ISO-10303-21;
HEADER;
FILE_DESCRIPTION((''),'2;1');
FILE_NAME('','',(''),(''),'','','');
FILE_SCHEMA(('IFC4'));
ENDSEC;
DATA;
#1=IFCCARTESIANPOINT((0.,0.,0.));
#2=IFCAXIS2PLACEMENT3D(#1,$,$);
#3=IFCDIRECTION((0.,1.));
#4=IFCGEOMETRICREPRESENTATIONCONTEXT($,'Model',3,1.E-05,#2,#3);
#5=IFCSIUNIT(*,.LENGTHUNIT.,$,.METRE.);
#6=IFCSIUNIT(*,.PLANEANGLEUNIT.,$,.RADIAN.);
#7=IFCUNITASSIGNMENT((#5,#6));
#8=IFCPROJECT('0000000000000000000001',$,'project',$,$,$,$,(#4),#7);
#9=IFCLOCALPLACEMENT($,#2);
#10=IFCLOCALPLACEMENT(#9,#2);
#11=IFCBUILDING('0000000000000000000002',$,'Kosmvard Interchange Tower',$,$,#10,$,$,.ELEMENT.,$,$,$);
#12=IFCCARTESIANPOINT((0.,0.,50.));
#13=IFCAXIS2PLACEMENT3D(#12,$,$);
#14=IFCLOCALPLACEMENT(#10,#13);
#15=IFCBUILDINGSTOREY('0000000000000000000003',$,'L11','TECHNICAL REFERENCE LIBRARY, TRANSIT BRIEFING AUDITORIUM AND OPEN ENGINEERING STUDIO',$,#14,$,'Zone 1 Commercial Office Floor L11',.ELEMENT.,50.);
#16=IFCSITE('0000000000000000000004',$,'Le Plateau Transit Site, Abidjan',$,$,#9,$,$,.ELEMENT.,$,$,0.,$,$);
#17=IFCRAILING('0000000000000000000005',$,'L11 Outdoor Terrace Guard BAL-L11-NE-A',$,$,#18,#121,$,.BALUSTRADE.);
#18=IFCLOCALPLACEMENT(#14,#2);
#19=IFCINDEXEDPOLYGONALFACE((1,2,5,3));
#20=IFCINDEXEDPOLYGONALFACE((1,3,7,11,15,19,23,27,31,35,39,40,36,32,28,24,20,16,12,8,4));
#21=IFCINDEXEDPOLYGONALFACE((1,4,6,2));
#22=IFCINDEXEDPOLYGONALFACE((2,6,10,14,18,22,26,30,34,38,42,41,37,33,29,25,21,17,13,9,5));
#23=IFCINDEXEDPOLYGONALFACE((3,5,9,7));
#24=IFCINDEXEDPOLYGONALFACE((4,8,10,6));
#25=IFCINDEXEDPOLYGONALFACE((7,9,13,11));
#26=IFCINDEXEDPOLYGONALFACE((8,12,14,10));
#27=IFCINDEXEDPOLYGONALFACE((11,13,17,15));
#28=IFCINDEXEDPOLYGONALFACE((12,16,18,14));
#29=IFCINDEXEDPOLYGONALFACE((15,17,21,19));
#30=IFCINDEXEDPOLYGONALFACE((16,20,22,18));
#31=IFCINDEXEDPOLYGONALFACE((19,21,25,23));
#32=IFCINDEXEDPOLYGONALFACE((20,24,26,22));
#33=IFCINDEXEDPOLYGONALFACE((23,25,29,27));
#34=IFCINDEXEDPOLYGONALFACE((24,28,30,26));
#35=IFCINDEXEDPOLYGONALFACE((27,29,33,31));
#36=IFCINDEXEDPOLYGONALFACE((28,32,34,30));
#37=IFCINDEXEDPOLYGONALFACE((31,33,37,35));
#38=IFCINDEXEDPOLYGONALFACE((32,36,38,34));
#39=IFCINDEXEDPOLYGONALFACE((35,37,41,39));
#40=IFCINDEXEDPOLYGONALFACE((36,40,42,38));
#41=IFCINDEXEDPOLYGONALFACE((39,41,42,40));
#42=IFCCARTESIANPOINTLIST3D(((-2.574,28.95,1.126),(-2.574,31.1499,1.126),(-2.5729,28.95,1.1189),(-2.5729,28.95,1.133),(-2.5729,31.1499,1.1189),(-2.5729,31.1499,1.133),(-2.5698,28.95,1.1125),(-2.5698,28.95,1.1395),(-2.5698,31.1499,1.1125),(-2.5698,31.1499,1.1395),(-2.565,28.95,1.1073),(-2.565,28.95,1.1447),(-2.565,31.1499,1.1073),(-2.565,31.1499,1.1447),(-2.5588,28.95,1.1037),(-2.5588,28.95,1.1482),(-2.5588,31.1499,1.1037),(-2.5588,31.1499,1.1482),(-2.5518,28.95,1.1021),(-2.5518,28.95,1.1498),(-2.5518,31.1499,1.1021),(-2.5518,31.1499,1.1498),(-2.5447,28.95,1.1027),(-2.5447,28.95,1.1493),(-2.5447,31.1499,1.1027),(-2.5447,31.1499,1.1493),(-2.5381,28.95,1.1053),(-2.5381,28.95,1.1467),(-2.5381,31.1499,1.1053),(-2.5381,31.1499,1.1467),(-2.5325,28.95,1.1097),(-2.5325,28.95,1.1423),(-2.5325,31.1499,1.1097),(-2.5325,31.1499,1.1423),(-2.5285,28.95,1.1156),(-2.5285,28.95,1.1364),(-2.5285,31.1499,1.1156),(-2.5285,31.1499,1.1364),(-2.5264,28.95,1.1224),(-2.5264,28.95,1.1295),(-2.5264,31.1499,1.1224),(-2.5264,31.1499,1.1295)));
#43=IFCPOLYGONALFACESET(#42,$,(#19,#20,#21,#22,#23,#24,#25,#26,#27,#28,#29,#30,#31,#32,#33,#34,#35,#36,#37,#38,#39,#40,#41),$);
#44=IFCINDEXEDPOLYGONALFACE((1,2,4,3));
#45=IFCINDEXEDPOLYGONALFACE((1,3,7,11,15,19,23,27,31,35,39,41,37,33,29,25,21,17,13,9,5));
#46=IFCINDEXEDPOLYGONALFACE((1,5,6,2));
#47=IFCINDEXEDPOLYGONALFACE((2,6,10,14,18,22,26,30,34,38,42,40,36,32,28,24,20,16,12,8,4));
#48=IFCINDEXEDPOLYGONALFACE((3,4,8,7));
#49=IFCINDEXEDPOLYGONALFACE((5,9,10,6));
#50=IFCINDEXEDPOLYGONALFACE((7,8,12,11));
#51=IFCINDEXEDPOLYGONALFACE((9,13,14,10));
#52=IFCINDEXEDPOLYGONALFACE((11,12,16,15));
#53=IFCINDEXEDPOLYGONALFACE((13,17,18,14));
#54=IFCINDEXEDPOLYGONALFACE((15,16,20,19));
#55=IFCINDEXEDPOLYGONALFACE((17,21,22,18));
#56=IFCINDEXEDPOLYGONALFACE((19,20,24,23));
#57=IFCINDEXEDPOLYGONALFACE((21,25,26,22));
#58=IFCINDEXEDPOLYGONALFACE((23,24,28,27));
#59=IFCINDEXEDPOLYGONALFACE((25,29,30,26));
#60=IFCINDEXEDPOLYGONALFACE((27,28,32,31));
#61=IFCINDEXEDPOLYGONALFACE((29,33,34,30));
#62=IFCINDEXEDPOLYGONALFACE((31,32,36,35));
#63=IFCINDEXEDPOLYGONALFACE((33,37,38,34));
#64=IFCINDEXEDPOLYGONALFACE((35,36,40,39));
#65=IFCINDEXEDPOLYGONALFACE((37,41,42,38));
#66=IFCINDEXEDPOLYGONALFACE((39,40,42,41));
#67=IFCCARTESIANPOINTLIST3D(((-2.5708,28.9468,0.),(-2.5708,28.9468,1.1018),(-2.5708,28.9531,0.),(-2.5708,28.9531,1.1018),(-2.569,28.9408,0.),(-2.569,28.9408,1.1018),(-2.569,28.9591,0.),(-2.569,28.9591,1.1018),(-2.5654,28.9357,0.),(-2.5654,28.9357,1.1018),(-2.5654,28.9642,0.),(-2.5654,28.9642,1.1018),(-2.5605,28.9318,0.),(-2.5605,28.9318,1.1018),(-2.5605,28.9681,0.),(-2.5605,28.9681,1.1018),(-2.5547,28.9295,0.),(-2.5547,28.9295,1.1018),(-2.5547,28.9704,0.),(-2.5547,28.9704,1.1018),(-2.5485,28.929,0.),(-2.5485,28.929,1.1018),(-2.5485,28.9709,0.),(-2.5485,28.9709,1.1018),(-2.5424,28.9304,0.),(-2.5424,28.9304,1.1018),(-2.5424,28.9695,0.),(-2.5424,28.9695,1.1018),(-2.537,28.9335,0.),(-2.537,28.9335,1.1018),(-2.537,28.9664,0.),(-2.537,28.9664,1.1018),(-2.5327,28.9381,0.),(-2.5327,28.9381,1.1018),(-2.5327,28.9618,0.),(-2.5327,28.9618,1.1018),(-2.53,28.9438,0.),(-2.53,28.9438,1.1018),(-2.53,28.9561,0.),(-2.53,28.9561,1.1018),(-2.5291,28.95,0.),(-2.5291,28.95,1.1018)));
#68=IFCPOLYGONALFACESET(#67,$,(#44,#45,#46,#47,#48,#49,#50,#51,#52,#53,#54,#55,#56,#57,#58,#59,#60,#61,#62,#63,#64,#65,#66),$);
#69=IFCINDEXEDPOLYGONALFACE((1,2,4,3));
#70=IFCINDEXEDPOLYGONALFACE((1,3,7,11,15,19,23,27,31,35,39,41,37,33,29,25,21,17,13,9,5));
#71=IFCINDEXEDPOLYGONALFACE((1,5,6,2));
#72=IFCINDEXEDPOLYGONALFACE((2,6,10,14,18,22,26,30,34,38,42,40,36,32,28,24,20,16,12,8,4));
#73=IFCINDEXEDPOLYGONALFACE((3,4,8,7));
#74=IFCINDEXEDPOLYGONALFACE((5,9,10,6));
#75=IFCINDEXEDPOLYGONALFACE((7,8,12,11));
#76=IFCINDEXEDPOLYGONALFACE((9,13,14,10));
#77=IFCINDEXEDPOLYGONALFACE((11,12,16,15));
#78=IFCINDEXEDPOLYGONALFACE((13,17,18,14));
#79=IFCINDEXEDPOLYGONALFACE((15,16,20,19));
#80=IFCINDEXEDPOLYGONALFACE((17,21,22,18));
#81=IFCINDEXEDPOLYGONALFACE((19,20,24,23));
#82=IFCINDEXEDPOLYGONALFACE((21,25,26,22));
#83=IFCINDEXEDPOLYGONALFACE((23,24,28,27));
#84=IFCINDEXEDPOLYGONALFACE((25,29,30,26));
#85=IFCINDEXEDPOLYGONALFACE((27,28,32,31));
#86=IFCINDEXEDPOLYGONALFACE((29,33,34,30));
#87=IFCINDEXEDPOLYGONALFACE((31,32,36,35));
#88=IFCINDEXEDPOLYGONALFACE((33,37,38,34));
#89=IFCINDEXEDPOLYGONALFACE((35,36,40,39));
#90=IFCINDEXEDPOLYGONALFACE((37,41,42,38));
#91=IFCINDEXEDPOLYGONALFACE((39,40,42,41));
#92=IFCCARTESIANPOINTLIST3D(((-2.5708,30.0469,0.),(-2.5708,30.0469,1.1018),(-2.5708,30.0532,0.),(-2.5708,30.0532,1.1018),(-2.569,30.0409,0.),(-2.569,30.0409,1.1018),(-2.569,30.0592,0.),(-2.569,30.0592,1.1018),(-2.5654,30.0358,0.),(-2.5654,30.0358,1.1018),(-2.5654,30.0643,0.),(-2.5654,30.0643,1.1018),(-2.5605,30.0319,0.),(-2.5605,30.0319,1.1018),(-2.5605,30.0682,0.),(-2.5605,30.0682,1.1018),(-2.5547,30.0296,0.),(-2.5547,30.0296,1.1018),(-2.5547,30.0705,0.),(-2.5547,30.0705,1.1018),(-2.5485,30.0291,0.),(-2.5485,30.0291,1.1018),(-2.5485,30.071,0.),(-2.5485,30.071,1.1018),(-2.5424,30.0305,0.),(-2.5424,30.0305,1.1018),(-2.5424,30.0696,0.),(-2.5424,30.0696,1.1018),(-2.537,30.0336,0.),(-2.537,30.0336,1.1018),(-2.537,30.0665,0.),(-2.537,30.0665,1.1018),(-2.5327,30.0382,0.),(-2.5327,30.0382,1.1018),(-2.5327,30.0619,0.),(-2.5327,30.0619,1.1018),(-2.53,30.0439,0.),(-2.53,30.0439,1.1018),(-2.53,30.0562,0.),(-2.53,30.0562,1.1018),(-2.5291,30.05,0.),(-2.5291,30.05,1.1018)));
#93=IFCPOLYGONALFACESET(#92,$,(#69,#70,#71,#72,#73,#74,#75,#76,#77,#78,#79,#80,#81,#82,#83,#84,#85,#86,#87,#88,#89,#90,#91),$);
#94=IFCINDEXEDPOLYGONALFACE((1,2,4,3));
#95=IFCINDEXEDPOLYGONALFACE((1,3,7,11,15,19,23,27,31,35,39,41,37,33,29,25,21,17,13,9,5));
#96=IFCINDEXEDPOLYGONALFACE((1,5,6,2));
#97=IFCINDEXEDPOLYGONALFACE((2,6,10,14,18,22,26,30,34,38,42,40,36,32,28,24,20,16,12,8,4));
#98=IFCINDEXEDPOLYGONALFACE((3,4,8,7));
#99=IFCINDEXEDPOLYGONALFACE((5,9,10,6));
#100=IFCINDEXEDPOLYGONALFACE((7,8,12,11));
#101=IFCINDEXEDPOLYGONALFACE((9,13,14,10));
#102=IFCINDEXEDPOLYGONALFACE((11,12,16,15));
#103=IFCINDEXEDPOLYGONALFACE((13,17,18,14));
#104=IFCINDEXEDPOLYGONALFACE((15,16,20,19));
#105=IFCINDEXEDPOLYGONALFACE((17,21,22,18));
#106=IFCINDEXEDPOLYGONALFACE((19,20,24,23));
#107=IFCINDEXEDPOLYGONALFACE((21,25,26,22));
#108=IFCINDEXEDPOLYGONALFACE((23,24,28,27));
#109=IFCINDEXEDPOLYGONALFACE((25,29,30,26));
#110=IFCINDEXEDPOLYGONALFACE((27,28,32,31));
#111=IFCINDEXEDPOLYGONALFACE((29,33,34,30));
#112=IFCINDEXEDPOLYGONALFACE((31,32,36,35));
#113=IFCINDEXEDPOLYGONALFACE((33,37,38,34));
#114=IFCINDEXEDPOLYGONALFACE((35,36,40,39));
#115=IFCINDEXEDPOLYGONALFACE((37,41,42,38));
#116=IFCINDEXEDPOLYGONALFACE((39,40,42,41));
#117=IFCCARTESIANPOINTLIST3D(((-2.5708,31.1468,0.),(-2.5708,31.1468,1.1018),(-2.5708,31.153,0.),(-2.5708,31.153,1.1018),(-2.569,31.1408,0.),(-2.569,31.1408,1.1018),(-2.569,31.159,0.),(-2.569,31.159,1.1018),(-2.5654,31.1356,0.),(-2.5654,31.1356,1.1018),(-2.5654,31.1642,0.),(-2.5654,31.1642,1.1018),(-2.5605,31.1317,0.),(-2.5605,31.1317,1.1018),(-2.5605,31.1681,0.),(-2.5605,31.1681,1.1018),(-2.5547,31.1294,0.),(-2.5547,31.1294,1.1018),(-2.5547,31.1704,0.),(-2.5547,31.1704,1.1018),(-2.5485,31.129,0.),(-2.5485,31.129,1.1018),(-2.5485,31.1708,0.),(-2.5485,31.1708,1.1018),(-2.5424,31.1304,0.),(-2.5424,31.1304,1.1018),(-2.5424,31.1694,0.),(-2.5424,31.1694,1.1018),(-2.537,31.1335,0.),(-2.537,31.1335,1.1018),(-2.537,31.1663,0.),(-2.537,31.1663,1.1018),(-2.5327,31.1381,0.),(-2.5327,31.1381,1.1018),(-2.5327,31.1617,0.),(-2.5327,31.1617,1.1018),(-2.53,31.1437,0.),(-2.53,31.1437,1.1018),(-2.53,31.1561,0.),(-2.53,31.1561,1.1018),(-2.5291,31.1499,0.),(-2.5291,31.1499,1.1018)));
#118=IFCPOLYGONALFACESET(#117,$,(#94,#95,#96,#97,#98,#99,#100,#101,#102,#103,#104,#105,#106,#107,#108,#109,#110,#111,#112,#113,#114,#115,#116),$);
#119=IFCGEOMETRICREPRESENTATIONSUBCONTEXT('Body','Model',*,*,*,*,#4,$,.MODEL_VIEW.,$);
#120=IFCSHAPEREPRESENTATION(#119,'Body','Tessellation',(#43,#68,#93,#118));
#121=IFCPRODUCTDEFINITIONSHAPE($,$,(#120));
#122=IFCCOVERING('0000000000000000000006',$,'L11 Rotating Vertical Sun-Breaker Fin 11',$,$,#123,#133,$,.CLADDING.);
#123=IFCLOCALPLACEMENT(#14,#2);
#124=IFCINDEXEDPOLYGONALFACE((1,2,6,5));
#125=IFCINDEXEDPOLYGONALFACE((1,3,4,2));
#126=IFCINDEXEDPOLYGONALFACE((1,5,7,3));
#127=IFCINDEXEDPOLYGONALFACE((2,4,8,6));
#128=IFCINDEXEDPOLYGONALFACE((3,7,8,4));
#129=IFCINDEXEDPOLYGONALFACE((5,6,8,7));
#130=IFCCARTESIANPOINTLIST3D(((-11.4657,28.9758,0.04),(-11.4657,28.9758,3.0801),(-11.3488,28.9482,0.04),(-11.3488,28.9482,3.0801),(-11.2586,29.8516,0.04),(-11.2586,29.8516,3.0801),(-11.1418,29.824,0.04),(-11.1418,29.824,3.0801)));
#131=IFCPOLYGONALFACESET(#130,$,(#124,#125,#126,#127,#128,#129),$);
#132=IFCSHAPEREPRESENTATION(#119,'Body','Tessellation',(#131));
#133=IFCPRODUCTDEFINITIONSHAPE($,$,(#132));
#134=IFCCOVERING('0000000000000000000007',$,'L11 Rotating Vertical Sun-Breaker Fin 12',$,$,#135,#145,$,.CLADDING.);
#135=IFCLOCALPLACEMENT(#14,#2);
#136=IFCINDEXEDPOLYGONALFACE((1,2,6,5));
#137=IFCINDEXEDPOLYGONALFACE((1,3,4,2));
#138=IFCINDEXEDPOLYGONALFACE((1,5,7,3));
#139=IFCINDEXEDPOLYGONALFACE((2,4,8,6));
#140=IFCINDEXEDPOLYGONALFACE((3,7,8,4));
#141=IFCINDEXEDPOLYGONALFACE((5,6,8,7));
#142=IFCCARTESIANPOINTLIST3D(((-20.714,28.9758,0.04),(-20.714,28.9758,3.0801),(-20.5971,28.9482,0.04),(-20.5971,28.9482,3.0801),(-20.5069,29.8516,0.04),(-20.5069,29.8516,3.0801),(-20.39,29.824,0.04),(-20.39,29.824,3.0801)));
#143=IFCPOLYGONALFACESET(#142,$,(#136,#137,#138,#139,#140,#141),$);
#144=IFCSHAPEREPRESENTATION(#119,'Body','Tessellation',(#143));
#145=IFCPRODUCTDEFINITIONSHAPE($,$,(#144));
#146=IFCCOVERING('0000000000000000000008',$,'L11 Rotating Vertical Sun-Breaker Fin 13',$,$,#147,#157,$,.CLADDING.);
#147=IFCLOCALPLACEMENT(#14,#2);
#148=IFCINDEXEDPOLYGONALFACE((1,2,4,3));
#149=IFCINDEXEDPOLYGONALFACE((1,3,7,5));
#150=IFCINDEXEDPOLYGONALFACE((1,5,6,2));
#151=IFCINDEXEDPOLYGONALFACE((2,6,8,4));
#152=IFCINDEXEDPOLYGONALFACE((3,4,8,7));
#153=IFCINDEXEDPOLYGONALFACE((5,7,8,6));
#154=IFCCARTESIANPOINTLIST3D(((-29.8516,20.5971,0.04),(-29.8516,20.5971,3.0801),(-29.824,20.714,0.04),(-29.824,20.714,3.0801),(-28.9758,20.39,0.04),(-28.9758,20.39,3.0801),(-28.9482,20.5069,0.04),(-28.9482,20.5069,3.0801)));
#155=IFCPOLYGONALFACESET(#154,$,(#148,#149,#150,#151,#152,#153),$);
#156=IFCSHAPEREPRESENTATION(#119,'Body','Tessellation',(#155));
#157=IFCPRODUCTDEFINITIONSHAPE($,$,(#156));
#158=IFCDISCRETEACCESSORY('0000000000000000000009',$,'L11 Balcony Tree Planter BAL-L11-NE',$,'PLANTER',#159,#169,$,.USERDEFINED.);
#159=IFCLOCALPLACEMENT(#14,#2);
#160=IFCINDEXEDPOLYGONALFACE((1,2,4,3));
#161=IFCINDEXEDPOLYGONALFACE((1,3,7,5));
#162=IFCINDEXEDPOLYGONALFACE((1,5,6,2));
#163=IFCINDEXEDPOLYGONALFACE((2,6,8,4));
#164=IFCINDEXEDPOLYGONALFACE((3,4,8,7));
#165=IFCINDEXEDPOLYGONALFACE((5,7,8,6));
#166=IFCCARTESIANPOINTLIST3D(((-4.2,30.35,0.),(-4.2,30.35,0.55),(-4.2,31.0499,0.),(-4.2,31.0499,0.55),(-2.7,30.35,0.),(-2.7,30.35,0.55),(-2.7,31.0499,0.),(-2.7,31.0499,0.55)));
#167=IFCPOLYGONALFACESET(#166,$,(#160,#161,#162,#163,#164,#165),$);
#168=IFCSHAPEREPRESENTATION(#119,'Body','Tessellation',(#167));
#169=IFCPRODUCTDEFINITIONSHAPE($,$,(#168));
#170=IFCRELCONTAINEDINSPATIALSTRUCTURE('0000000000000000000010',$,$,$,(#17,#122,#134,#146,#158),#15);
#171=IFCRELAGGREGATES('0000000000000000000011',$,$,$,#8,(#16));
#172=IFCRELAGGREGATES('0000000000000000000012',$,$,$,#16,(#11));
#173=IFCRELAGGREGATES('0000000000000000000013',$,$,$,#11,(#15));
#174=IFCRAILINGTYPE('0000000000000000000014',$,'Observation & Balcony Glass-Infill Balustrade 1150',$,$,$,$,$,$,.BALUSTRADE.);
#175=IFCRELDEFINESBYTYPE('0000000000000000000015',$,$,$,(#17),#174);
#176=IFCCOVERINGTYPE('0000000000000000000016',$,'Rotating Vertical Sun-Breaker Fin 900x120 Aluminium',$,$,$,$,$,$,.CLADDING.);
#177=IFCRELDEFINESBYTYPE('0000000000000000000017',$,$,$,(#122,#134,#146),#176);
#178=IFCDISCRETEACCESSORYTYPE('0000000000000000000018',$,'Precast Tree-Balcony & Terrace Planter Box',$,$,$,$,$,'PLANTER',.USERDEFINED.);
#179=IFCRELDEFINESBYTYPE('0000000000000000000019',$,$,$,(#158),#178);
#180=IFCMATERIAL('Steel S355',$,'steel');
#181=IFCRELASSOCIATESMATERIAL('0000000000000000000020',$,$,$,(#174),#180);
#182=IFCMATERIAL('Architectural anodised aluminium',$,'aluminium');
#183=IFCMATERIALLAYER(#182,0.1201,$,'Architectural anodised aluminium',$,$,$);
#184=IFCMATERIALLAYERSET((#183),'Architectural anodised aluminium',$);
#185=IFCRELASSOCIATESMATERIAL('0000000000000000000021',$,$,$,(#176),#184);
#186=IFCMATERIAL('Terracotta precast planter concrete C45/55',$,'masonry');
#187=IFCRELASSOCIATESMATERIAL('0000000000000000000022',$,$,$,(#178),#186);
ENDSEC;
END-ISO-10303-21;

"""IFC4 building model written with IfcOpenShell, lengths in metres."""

from ifc_helpers import new_model, si_unit, direction, frame, origin, origin_2d, place, context, subcontext, project, spatial, rectangle, circle, extrude, source, transform, mapped, material, layer, layer_set, type_object, element, save


model = new_model("IFC4")

# Units and contexts
model_context = context("Model", 3, precision=1e-05, world=origin(), true_north=direction((0.0, 1.0)))
body_context = subcontext(model_context, "Body", "Model", "MODEL_VIEW")
ifc_project = project(units=[si_unit("LENGTHUNIT", "METRE"), si_unit("PLANEANGLEUNIT", "RADIAN")], contexts=[model_context])

# Site, building, storey
site_placement = place(None, origin())
site = spatial("IfcSite", under=ifc_project, at=site_placement, Name="Le Plateau Transit Site, Abidjan", CompositionType="ELEMENT", RefElevation=0.0)
building_placement = place(site_placement, origin())
building = spatial("IfcBuilding", under=site, at=building_placement, Name="Kosmvard Interchange Tower", CompositionType="ELEMENT")
storey_placement = place(building_placement, frame((0.0, 0.0, 50.0)))
storey = spatial("IfcBuildingStorey", under=building, at=storey_placement, Name="L11", Description="TECHNICAL REFERENCE LIBRARY, TRANSIT BRIEFING AUDITORIUM AND OPEN ENGINEERING STUDIO", LongName="Zone 1 Commercial Office Floor L11", CompositionType="ELEMENT", Elevation=50.0)

# Shared definitions
ifc_material_1 = material(Name="Steel S355", Category="steel")

# Railing
railing_type = type_object("IfcRailingType", Name="Observation & Balcony Glass-Infill Balustrade 1150", PredefinedType="BALUSTRADE", material=ifc_material_1)
shared_shape_1 = source(origin(), body_context, "Body", "SweptSolid", [
    extrude(circle(Radius=0.0239, at=origin_2d()), frame((0.0, 0.0, 1.126), z_axis=(0.0, 1.0, 0.0), x_axis=(-1.0, 0.0, 0.0)), (0.0, 0.0, 1.0), 2.2),
    extrude(circle(Radius=0.021, at=origin_2d()), origin(), (0.0, 0.0, 1.0), 1.1018),
    extrude(circle(Radius=0.021, at=origin_2d()), frame((0.0, 1.1001, 0.0)), (0.0, 0.0, 1.0), 1.1018),
    extrude(circle(Radius=0.021, at=origin_2d()), frame((0.0, 2.2, 0.0)), (0.0, 0.0, 1.0), 1.1018),
])
railing_1_placement = place(storey_placement, frame((-2.55, 28.95, 0.0)))
element("IfcRailing", 1, at=railing_1_placement, inside=storey, type_object=railing_type, Name="L11 Outdoor Terrace Guard BAL-L11-NE-A", PredefinedType="BALUSTRADE", context=body_context, shape_type="MappedRepresentation", body=[
    mapped(shared_shape_1, transform((0.0, 0.0, 0.0), scale=1.0)),
])

# Coverings
ifc_material_2 = material(Name="Architectural anodised aluminium", Category="aluminium")
ifc_layer_1 = layer(ifc_material_2, 0.1201, Name="Architectural anodised aluminium")
ifc_layer_set_1 = layer_set([ifc_layer_1], Name="Architectural anodised aluminium")
covering_type = type_object("IfcCoveringType", Name="Rotating Vertical Sun-Breaker Fin 900x120 Aluminium", PredefinedType="CLADDING", material=ifc_layer_set_1)
shared_shape_2 = source(origin(), body_context, "Body", "SweptSolid", [
    extrude(rectangle(XDim=0.8999, YDim=0.1201, at=origin_2d()), origin(), (0.0, 0.0, 1.0), 3.04),
])
for number, where, z_axis, x_axis, name in (
    (2, (-11.3037, 29.3999, 0.04), (0.0, 0.0, 1.0), (0.23005, 0.973179, 0.0), "L11 Rotating Vertical Sun-Breaker Fin 11"),
    (3, (-20.552, 29.3999, 0.04), (0.0, 0.0, 1.0), (0.23005, 0.973179, 0.0), "L11 Rotating Vertical Sun-Breaker Fin 12"),
    (4, (-29.3999, 20.552, 0.04), (0.0, 0.0, 1.0), (-0.973179, 0.23005, 0.0), "L11 Rotating Vertical Sun-Breaker Fin 13"),
):
    element("IfcCovering", number, at=place(storey_placement, frame(where, z_axis=z_axis, x_axis=x_axis)), inside=storey, type_object=covering_type, Name=name, PredefinedType="CLADDING", context=body_context, shape_type="MappedRepresentation", body=[
        mapped(shared_shape_2, transform((0.0, 0.0, 0.0), scale=1.0)),
    ])

# Discrete accessory
ifc_material_3 = material(Name="Terracotta precast planter concrete C45/55", Category="masonry")
discrete_accessory_type = type_object("IfcDiscreteAccessoryType", Name="Precast Tree-Balcony & Terrace Planter Box", ElementType="PLANTER", PredefinedType="USERDEFINED", material=ifc_material_3)
shared_shape_3 = source(origin(), body_context, "Body", "SweptSolid", [
    extrude(rectangle(XDim=1.5, YDim=0.7, at=origin_2d()), origin(), (0.0, 0.0, 1.0), 0.55),
])
discrete_accessory_placement = place(storey_placement, frame((-3.45, 30.7, 0.0), z_axis=(0.0, 0.0, 1.0), x_axis=(1.0, 0.0, 0.0)))
element("IfcDiscreteAccessory", 5, at=discrete_accessory_placement, inside=storey, type_object=discrete_accessory_type, Name="L11 Balcony Tree Planter BAL-L11-NE", ObjectType="PLANTER", PredefinedType="USERDEFINED", context=body_context, shape_type="MappedRepresentation", body=[
    mapped(shared_shape_3, transform((0.0, 0.0, 0.0), scale=1.0)),
])

save(model, "model.ifc")
